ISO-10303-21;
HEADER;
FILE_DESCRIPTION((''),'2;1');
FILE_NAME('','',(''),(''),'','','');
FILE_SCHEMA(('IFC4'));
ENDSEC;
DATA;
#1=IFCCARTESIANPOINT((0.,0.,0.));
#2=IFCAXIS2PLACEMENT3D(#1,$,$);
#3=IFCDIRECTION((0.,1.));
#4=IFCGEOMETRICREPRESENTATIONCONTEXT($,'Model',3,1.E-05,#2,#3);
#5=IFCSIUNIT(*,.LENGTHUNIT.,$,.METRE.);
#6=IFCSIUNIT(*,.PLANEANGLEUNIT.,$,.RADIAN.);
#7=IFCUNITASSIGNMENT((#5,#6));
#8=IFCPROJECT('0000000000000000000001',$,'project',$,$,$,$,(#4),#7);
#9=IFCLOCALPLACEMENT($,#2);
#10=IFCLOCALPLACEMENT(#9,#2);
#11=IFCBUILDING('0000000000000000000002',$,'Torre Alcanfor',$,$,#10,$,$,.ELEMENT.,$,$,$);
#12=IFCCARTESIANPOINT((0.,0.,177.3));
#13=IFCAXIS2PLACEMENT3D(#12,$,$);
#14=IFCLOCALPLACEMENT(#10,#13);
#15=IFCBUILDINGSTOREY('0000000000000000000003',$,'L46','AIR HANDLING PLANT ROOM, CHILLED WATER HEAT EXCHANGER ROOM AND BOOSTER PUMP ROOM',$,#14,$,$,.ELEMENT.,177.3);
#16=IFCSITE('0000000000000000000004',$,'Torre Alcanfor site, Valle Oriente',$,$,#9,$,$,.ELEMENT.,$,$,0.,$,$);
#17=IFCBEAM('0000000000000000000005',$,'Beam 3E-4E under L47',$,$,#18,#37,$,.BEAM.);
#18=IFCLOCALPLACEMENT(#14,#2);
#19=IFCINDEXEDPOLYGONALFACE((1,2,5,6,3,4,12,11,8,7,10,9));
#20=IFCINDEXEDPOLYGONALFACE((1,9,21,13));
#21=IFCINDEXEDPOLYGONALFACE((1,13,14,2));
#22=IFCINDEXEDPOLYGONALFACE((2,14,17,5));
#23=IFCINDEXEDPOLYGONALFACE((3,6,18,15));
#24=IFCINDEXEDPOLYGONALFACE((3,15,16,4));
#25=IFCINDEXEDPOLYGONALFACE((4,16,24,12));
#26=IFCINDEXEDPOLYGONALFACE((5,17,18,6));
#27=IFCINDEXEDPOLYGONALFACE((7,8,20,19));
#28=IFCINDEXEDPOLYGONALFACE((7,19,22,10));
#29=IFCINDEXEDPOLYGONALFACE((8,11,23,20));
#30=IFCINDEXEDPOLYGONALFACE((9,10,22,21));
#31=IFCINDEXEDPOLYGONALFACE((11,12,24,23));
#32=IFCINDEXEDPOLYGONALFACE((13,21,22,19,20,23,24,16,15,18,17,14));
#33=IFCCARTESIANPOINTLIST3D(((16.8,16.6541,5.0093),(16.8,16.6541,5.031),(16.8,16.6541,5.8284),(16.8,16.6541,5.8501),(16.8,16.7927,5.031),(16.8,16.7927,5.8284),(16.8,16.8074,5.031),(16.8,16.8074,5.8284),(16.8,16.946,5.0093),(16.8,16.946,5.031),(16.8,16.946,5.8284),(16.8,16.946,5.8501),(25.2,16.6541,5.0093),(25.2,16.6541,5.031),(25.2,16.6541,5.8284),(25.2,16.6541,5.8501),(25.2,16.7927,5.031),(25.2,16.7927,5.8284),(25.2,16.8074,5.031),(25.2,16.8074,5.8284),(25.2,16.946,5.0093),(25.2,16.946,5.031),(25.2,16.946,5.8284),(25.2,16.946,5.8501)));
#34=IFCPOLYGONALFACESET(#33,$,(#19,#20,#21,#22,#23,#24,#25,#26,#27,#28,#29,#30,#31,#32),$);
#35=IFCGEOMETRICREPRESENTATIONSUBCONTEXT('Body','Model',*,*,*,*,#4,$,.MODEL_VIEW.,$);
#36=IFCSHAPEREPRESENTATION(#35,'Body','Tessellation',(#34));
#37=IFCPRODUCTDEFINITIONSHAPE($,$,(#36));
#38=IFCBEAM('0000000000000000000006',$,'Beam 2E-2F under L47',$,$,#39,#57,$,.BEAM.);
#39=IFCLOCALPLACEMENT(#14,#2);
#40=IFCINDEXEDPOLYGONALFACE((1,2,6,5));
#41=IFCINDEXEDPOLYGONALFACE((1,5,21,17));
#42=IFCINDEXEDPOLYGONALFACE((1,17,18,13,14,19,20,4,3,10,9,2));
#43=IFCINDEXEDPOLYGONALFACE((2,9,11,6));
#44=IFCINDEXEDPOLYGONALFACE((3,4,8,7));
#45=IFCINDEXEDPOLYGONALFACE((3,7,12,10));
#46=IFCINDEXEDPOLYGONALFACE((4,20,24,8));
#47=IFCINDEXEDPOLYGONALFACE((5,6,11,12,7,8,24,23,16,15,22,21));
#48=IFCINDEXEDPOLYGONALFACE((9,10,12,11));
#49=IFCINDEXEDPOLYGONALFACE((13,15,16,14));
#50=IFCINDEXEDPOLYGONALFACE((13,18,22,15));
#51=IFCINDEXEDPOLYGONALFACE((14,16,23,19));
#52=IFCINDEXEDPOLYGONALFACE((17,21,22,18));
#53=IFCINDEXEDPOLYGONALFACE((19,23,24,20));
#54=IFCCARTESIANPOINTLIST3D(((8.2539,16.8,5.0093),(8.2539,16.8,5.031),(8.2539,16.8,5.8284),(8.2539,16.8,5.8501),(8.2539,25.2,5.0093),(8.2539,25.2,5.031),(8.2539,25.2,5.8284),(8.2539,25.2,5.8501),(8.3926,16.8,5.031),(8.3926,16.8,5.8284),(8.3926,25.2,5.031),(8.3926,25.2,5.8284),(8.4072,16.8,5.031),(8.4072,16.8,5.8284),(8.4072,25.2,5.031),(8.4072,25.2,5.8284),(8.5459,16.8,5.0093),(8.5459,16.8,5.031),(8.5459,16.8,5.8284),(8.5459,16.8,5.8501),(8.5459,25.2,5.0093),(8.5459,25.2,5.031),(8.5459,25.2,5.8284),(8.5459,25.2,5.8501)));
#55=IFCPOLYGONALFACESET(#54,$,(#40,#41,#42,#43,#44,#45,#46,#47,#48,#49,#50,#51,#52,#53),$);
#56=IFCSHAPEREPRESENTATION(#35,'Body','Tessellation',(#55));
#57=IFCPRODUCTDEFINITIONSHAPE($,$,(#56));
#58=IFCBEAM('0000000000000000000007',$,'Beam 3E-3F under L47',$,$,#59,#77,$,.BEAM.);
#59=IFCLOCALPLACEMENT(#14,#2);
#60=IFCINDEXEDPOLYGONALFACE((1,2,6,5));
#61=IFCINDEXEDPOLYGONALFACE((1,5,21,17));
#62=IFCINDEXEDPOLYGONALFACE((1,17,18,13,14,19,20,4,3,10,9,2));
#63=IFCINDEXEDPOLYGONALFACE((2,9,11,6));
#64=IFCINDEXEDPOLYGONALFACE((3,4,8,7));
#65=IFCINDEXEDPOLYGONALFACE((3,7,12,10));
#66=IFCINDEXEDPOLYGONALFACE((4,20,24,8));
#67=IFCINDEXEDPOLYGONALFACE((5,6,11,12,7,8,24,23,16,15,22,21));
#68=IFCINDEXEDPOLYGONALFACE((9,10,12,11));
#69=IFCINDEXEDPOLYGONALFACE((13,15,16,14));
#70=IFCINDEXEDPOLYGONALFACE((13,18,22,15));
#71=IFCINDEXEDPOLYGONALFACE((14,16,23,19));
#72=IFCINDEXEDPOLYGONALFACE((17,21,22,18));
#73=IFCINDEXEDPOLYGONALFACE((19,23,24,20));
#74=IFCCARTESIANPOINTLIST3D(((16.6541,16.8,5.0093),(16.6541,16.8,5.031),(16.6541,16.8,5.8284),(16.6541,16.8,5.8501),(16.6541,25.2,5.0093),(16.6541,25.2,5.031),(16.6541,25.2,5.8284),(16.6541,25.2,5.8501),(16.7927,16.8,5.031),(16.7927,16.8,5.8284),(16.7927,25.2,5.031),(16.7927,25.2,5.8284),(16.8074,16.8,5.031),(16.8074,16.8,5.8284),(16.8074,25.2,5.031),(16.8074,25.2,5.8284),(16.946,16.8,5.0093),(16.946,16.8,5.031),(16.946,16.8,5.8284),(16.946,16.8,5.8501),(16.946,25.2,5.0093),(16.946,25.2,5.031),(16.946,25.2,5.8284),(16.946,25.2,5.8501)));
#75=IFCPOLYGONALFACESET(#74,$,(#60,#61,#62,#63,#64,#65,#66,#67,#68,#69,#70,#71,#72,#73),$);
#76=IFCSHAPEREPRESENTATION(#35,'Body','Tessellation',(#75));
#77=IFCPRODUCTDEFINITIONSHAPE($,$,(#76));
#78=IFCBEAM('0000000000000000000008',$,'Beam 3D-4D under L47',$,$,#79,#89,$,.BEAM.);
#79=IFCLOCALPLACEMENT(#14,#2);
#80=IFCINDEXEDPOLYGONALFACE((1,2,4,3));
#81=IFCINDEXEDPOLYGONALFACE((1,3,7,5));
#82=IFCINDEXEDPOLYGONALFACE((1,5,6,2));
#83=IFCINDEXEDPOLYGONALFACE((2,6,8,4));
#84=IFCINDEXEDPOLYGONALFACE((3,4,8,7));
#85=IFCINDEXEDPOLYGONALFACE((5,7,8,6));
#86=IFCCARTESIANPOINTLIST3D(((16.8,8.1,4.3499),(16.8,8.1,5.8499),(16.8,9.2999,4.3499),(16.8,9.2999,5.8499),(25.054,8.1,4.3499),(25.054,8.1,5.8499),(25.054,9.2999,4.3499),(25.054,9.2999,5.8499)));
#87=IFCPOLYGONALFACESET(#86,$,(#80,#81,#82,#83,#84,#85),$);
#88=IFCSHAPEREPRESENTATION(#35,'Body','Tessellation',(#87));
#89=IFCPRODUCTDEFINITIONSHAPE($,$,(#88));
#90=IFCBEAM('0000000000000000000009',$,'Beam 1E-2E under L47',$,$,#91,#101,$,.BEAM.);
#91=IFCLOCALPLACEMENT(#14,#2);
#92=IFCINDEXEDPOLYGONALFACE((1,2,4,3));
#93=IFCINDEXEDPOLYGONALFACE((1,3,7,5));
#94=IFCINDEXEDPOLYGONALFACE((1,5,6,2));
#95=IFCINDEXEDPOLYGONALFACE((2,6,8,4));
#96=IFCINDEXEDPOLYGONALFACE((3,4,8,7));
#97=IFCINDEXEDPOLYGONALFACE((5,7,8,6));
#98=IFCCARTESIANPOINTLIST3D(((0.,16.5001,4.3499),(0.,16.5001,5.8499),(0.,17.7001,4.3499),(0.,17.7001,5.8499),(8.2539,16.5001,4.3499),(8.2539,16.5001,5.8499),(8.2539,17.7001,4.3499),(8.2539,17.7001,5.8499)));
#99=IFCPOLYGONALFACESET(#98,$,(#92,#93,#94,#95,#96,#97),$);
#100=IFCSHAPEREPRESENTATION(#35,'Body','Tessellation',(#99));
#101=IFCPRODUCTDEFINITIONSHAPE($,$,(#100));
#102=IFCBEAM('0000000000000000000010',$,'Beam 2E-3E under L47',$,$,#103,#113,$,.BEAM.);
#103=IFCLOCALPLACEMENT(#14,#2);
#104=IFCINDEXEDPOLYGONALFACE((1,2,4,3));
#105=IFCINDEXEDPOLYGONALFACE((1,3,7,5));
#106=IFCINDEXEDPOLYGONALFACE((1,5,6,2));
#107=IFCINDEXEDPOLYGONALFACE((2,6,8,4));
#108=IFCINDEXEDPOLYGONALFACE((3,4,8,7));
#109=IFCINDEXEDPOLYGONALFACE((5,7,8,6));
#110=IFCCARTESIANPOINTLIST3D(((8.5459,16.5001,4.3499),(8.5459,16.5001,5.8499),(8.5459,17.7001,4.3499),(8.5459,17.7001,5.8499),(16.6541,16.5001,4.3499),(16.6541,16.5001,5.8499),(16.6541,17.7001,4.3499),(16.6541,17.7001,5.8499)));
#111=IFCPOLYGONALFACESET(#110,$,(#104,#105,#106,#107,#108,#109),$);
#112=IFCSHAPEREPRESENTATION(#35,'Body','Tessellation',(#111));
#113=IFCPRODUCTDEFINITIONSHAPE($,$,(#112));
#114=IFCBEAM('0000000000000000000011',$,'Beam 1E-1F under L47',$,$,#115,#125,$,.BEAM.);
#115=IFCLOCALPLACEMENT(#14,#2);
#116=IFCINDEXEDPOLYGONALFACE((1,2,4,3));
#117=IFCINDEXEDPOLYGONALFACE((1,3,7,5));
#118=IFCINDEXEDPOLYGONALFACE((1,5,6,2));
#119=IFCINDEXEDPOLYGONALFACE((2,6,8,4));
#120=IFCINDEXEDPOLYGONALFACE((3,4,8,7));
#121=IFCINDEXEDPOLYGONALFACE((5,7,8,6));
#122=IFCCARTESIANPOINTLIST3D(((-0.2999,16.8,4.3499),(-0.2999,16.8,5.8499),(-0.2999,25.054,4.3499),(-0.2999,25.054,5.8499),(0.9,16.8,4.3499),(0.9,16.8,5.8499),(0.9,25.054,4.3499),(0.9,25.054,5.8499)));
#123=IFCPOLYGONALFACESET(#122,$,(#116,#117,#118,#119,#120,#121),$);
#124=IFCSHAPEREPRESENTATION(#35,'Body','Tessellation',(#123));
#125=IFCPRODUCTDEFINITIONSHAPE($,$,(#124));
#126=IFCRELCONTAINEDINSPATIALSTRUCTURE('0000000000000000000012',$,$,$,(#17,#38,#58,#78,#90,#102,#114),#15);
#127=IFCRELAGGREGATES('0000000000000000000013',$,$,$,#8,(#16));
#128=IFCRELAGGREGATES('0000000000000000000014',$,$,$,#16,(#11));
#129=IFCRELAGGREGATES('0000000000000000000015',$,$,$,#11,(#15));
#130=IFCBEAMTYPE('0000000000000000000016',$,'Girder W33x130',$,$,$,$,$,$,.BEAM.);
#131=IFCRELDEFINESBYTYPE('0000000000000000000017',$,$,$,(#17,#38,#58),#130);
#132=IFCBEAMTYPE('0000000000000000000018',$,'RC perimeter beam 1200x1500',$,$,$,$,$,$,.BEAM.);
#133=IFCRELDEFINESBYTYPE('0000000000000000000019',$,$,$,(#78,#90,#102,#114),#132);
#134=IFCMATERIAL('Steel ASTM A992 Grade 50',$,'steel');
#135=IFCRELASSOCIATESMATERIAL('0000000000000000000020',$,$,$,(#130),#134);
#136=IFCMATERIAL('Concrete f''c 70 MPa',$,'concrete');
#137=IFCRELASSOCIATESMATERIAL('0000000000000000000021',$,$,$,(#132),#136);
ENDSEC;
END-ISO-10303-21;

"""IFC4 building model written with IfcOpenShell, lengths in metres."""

from ifc_helpers import new_model, si_unit, direction, frame, origin, origin_2d, place, context, subcontext, project, spatial, rectangle, i_section, extrude, material, material_profile, profile_set, type_object, element, save


model = new_model("IFC4")

# Units and contexts
model_context = context("Model", 3, precision=1e-05, world=origin(), true_north=direction((0.0, 1.0)))
body_context = subcontext(model_context, "Body", "Model", "MODEL_VIEW")
ifc_project = project(units=[si_unit("LENGTHUNIT", "METRE"), si_unit("PLANEANGLEUNIT", "RADIAN")], contexts=[model_context])

# Site, building, storey
site_placement = place(None, origin())
site = spatial("IfcSite", under=ifc_project, at=site_placement, Name="Torre Alcanfor site, Valle Oriente", CompositionType="ELEMENT", RefElevation=0.0)
building_placement = place(site_placement, origin())
building = spatial("IfcBuilding", under=site, at=building_placement, Name="Torre Alcanfor", CompositionType="ELEMENT")
storey_placement = place(building_placement, frame((0.0, 0.0, 177.3)))
storey = spatial("IfcBuildingStorey", under=building, at=storey_placement, Name="L46", Description="AIR HANDLING PLANT ROOM, CHILLED WATER HEAT EXCHANGER ROOM AND BOOSTER PUMP ROOM", CompositionType="ELEMENT", Elevation=177.3)

# Beams
ifc_material_1 = material(Name="Steel ASTM A992 Grade 50", Category="steel")
ifc_material_profile_1 = material_profile(ifc_material_1, i_section(OverallWidth=0.292, OverallDepth=0.8408, WebThickness=0.0146, FlangeThickness=0.0217, at=origin_2d()), Name="W33x130")
ifc_profile_set_1 = profile_set([ifc_material_profile_1], Name="Steel ASTM A992 Grade 50")
beam_type_1 = type_object("IfcBeamType", Name="Girder W33x130", PredefinedType="BEAM", material=ifc_profile_set_1)
for number, where, z_axis, x_axis, name in (
    (1, (16.8, 16.8, 5.4297), (1.0, 0.0, 0.0), (0.0, 1.0, 0.0), "Beam 3E-4E under L47"),
    (2, (8.3999, 16.8, 5.4297), (0.0, 1.0, 0.0), (-1.0, 0.0, 0.0), "Beam 2E-2F under L47"),
    (3, (16.8, 16.8, 5.4297), (0.0, 1.0, 0.0), (-1.0, 0.0, 0.0), "Beam 3E-3F under L47"),
):
    element("IfcBeam", number, at=place(storey_placement, frame(where, z_axis=z_axis, x_axis=x_axis)), inside=storey, type_object=beam_type_1, Name=name, PredefinedType="BEAM", context=body_context, shape_type="SweptSolid", body=[
        extrude(i_section(OverallWidth=0.292, OverallDepth=0.8408, WebThickness=0.0146, FlangeThickness=0.0217, at=origin_2d()), origin(), (0.0, 0.0, 1.0), 8.3999),
    ])
ifc_material_2 = material(Name="Concrete f'c 70 MPa", Category="concrete")
ifc_material_profile_2 = material_profile(ifc_material_2, rectangle(XDim=1.2, YDim=1.5, at=origin_2d()), Name="1200x1500")
ifc_profile_set_2 = profile_set([ifc_material_profile_2], Name="Concrete f'c 70 MPa")
beam_type_2 = type_object("IfcBeamType", Name="RC perimeter beam 1200x1500", PredefinedType="BEAM", material=ifc_profile_set_2)
for number, where, z_axis, x_axis, name in (
    (4, (16.8, 8.7, 5.0999), (1.0, 0.0, 0.0), (0.0, 1.0, 0.0), "Beam 3D-4D under L47"),
    (5, (0.0, 17.1001, 5.0999), (1.0, 0.0, 0.0), (0.0, 1.0, 0.0), "Beam 1E-2E under L47"),
):
    element("IfcBeam", number, at=place(storey_placement, frame(where, z_axis=z_axis, x_axis=x_axis)), inside=storey, type_object=beam_type_2, Name=name, PredefinedType="BEAM", context=body_context, shape_type="SweptSolid", body=[
        extrude(rectangle(XDim=1.2, YDim=1.5, at=origin_2d()), origin(), (0.0, 0.0, 1.0), 8.2539),
    ])
beam_1_placement = place(storey_placement, frame((8.5459, 17.1001, 5.0999), z_axis=(1.0, 0.0, 0.0), x_axis=(0.0, 1.0, 0.0)))
element("IfcBeam", 6, at=beam_1_placement, inside=storey, type_object=beam_type_2, Name="Beam 2E-3E under L47", PredefinedType="BEAM", context=body_context, shape_type="SweptSolid", body=[
    extrude(rectangle(XDim=1.2, YDim=1.5, at=origin_2d()), origin(), (0.0, 0.0, 1.0), 8.1082),
])
beam_2_placement = place(storey_placement, frame((0.3, 16.8, 5.0999), z_axis=(0.0, 1.0, 0.0), x_axis=(-1.0, 0.0, 0.0)))
element("IfcBeam", 7, at=beam_2_placement, inside=storey, type_object=beam_type_2, Name="Beam 1E-1F under L47", PredefinedType="BEAM", context=body_context, shape_type="SweptSolid", body=[
    extrude(rectangle(XDim=1.2, YDim=1.5, at=origin_2d()), origin(), (0.0, 0.0, 1.0), 8.2539),
])

save(model, "model.ifc")
